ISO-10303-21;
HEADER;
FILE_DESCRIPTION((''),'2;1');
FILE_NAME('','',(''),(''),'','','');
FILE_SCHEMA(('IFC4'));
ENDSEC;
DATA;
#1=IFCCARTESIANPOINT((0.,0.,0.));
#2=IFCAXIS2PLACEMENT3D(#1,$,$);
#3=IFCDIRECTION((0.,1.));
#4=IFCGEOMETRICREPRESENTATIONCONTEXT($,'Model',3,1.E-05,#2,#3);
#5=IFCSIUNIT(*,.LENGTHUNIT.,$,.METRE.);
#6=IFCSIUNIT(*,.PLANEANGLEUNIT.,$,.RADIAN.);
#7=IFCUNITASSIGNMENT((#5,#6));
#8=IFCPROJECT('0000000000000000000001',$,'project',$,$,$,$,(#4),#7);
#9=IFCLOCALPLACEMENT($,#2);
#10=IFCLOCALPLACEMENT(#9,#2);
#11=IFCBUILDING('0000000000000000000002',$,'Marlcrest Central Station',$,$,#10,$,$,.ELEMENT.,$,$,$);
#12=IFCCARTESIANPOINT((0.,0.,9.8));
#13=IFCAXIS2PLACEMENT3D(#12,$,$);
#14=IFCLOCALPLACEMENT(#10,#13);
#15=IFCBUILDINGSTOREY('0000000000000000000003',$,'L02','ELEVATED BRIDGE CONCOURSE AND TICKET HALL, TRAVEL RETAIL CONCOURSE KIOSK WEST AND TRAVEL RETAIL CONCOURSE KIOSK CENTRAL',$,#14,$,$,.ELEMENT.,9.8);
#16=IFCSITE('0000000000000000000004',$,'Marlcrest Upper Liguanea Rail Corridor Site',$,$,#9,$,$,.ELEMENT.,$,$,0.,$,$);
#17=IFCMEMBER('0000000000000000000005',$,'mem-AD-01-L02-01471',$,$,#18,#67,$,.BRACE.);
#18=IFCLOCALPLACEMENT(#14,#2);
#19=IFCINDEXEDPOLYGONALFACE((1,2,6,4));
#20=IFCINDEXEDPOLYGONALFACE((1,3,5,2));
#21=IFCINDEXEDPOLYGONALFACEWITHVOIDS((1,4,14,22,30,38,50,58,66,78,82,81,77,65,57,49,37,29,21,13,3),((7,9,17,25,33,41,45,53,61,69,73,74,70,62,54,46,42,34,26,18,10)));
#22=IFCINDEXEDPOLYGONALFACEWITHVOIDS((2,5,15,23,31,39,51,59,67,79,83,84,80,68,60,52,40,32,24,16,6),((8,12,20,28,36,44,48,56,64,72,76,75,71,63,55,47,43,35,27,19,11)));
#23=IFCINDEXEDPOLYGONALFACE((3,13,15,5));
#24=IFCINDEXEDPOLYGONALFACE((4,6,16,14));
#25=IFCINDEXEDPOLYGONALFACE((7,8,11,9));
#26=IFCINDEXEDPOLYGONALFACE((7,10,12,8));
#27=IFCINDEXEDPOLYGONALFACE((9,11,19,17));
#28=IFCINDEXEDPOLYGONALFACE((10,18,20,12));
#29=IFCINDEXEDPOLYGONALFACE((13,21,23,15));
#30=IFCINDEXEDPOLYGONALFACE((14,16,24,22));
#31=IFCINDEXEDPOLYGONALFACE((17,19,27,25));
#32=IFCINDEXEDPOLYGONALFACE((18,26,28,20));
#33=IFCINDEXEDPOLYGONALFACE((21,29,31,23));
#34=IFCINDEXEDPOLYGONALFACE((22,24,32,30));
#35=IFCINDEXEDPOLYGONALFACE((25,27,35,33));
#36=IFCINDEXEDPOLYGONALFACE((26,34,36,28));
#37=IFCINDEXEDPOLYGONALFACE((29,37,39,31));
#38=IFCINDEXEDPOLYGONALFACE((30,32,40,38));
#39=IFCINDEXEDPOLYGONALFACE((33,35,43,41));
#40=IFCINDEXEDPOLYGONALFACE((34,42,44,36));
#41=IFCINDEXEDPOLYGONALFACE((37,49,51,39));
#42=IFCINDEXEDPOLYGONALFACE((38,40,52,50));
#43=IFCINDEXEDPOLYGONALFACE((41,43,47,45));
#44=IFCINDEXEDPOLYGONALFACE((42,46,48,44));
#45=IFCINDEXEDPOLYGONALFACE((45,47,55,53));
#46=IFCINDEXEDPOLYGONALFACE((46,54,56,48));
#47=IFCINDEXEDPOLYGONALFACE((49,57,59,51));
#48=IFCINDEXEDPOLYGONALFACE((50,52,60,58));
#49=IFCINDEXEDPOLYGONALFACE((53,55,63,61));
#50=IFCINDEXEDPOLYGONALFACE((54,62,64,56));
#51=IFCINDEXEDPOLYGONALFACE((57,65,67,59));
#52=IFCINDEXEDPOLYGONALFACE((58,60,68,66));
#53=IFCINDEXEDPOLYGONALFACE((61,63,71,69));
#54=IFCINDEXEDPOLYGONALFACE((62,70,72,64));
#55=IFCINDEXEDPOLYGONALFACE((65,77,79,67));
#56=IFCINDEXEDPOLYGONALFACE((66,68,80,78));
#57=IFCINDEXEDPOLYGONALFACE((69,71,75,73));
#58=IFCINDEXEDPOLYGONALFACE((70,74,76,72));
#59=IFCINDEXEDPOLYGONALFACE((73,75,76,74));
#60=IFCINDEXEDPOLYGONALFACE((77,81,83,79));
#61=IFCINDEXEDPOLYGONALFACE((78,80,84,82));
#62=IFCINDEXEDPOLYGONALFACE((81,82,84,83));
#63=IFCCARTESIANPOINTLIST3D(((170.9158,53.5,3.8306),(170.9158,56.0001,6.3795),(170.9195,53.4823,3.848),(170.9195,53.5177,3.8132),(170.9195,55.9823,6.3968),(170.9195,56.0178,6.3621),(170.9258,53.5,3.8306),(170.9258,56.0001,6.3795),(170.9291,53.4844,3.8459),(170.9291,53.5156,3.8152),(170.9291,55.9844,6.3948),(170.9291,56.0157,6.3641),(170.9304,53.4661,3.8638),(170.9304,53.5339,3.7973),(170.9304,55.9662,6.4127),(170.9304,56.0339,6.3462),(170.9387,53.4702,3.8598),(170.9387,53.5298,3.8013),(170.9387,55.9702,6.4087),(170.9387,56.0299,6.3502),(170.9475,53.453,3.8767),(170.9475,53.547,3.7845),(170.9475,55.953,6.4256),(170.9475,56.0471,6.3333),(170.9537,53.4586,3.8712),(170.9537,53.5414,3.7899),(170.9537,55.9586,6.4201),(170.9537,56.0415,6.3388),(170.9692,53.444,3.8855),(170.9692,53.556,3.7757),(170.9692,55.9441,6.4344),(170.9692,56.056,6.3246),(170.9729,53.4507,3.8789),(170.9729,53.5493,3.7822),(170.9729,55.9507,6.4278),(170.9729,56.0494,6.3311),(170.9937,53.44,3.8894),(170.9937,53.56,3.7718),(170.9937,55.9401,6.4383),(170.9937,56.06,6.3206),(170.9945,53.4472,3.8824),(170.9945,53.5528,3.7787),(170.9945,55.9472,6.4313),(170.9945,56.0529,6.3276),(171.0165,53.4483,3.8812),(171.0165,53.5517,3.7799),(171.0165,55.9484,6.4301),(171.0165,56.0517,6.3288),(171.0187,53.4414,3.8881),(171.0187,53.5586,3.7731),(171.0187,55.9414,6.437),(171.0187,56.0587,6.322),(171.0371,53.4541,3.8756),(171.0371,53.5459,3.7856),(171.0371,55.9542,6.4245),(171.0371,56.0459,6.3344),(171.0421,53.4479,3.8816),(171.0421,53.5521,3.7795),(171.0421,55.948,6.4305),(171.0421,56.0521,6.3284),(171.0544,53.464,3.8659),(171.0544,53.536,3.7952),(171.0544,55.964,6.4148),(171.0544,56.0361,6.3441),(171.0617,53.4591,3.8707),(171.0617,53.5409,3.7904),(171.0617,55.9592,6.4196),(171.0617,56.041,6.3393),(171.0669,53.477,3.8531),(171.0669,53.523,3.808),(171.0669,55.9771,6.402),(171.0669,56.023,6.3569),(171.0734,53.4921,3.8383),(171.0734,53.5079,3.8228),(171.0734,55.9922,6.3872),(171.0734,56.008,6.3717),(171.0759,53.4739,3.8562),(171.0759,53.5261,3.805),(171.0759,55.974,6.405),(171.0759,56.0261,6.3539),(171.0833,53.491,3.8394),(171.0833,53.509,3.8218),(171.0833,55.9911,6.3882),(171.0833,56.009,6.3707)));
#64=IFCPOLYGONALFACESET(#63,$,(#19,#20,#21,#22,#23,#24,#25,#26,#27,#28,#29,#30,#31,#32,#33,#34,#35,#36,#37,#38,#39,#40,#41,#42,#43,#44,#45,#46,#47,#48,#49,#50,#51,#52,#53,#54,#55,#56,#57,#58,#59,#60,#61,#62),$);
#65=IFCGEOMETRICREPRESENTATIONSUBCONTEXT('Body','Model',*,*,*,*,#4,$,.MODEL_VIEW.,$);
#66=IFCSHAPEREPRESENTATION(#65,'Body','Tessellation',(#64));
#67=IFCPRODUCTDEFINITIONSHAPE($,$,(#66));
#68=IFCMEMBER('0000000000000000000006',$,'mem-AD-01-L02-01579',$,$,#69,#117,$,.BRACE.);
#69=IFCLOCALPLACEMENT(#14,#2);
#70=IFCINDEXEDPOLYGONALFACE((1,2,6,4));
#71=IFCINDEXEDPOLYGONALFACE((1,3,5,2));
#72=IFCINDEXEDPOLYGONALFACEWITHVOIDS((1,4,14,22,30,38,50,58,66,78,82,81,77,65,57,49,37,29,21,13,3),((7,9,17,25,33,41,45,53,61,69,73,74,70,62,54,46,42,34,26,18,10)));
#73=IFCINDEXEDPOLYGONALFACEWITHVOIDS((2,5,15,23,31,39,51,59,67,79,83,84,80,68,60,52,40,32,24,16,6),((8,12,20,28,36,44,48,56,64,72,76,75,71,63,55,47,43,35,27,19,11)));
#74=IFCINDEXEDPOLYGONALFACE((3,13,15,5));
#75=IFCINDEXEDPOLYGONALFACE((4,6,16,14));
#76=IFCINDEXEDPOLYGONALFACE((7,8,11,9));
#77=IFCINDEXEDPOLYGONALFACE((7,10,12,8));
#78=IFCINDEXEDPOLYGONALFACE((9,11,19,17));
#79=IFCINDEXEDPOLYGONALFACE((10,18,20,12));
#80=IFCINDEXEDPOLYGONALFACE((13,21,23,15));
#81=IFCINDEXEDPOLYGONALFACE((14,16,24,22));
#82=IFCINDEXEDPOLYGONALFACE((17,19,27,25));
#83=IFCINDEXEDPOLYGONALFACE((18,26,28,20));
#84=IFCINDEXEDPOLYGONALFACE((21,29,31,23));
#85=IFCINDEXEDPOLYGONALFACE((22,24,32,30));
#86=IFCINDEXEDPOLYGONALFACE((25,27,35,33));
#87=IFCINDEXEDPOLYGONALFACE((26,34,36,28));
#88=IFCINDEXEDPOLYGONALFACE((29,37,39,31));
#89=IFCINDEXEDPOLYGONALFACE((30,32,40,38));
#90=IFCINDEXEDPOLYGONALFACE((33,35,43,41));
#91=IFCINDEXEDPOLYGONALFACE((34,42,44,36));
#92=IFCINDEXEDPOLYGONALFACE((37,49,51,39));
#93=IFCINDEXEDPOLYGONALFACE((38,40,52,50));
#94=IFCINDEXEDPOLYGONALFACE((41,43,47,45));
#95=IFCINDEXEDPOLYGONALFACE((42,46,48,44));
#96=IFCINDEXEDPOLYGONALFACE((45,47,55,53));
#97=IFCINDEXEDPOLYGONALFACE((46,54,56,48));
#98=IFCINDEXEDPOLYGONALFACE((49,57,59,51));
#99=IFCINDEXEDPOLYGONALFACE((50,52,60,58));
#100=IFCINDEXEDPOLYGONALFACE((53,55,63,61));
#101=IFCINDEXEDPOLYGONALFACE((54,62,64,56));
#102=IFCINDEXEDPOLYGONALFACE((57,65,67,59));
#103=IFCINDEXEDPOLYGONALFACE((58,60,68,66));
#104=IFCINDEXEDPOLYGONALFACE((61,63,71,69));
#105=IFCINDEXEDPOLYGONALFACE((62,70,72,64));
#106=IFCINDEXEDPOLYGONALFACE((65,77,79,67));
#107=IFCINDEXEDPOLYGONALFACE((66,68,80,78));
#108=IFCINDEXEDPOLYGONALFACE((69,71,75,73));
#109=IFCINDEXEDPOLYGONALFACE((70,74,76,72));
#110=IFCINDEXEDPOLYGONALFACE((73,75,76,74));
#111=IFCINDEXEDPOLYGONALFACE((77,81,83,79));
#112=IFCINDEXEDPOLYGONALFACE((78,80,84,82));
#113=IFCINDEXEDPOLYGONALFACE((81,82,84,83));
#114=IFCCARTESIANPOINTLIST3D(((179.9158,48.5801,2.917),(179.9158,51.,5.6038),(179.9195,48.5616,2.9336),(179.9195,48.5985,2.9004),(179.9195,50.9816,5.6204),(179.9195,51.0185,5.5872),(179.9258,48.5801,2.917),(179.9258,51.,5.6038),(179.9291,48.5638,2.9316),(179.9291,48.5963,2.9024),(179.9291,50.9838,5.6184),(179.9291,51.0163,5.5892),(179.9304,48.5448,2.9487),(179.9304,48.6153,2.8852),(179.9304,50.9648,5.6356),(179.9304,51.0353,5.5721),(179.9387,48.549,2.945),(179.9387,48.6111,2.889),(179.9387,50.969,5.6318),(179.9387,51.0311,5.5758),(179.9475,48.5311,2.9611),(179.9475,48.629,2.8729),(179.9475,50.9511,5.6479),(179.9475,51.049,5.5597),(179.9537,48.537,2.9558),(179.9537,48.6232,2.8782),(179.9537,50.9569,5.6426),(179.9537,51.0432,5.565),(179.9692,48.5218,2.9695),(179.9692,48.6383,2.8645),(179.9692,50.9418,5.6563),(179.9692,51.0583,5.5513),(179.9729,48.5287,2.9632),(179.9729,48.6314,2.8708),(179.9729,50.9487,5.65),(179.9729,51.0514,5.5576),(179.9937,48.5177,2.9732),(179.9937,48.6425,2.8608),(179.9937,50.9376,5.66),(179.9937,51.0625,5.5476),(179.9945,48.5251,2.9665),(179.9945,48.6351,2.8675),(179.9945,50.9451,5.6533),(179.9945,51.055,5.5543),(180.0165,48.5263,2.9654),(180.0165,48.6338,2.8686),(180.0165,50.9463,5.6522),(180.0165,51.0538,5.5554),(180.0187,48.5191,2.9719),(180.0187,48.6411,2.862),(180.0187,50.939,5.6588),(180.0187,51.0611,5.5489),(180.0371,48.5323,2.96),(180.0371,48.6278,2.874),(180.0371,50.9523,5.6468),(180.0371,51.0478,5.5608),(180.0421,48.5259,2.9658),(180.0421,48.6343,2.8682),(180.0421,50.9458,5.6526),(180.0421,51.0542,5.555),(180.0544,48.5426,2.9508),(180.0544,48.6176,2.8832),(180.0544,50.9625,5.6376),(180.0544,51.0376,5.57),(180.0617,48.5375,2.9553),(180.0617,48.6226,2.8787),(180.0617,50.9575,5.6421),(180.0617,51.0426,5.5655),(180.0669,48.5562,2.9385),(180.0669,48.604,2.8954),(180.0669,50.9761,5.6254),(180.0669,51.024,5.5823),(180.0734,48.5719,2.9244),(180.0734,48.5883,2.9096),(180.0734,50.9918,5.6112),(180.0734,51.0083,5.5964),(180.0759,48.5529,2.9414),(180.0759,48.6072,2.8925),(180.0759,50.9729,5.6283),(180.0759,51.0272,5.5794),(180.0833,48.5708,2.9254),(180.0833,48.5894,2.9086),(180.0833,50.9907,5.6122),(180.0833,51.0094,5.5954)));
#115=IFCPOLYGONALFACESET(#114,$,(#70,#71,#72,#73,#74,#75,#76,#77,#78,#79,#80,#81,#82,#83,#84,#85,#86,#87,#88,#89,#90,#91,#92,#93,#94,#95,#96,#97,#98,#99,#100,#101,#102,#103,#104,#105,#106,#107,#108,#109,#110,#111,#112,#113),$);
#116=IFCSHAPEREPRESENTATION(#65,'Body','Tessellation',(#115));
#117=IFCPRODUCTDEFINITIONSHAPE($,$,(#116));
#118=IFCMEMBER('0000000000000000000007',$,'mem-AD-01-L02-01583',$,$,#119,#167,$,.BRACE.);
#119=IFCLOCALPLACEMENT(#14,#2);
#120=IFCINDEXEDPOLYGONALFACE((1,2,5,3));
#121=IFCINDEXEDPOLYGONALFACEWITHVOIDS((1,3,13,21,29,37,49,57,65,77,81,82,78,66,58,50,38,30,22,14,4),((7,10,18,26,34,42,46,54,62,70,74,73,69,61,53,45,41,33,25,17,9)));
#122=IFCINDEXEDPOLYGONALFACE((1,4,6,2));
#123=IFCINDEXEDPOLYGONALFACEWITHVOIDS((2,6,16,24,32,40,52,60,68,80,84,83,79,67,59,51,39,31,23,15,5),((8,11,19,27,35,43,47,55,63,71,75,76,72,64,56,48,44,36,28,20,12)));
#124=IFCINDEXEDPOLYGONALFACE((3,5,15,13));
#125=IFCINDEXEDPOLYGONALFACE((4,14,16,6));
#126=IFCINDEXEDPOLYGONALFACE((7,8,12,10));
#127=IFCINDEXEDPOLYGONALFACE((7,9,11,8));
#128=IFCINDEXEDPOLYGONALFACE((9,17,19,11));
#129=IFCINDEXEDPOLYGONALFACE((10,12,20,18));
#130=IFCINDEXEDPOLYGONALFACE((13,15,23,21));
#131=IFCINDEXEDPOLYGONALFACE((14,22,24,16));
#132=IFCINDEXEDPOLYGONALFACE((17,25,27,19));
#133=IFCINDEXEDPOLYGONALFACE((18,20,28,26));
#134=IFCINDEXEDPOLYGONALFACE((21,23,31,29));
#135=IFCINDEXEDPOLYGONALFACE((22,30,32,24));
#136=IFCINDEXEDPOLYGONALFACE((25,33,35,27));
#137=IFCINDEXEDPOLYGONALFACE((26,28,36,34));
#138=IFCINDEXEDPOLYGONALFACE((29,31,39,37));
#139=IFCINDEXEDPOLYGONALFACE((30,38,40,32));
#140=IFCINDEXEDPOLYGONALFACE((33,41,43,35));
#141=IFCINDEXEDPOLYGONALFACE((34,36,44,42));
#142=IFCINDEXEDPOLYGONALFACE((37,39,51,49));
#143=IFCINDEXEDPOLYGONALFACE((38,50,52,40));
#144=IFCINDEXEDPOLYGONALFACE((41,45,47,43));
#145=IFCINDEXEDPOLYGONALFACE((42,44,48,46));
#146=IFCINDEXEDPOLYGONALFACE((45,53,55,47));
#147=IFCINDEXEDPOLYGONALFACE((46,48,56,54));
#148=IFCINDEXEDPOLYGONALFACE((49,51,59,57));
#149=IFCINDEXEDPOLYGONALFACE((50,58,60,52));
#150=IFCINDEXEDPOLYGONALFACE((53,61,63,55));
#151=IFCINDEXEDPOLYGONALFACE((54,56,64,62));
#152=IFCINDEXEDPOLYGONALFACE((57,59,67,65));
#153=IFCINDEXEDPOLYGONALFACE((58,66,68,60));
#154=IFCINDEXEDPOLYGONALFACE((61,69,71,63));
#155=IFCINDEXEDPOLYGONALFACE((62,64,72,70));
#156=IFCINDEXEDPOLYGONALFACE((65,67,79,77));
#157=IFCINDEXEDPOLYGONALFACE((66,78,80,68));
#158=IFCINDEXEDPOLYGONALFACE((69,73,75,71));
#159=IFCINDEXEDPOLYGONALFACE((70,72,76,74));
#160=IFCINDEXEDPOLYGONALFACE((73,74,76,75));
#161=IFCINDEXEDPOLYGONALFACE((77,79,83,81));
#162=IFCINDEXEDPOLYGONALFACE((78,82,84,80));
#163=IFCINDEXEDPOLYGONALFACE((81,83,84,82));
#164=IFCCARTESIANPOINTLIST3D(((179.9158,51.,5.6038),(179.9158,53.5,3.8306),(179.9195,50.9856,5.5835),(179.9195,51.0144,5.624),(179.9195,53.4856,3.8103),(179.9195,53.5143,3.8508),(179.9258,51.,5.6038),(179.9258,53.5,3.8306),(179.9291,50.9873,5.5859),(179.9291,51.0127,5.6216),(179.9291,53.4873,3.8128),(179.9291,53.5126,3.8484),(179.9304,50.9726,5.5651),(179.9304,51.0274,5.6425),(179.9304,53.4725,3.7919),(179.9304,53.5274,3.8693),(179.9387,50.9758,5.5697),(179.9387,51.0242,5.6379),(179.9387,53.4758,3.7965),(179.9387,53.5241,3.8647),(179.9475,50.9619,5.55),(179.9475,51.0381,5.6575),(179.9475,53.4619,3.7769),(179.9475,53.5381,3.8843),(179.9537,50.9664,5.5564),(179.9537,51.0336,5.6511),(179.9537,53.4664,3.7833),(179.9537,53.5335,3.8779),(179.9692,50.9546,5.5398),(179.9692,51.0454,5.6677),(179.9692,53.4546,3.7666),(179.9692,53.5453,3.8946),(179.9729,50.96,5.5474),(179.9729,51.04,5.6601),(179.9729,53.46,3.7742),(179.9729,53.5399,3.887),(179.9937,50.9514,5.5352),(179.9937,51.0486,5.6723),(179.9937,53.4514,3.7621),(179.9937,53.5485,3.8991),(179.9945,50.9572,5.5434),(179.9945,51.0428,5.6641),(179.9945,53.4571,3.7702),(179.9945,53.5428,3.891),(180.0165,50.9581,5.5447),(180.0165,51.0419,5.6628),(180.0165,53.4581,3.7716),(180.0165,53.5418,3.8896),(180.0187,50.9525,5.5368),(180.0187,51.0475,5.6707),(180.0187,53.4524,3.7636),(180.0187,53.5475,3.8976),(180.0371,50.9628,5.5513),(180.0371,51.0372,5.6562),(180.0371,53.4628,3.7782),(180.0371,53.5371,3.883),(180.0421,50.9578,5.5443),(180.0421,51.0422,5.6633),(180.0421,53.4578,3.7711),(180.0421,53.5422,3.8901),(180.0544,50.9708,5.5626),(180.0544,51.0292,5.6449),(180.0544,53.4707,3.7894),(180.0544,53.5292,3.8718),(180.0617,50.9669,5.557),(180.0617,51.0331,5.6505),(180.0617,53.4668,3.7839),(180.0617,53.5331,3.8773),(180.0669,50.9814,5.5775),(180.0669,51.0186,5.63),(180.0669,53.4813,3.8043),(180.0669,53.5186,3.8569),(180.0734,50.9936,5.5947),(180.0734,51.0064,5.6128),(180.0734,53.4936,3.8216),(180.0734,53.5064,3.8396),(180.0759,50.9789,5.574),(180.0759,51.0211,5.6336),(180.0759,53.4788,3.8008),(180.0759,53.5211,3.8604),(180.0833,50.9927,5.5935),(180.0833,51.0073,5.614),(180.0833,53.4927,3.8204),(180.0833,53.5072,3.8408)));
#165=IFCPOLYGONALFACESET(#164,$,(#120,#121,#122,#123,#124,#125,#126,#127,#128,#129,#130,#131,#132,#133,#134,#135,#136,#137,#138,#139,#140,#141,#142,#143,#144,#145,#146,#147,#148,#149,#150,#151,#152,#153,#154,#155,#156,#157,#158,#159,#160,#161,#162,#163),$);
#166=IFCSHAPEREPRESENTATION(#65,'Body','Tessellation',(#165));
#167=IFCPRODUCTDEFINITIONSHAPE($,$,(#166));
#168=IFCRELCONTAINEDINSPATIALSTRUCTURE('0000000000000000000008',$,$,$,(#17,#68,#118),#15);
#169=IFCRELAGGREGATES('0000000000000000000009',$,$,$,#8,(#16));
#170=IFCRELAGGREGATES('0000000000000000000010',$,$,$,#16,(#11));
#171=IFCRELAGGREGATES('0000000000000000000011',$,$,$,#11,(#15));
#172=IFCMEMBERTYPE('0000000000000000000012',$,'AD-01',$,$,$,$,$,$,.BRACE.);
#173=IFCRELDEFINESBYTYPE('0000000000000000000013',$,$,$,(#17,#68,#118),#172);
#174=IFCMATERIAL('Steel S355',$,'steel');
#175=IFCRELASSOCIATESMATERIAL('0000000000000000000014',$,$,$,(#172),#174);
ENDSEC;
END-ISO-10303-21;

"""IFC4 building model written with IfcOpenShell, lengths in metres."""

from ifc_helpers import new_model, si_unit, direction, frame, origin, origin_2d, place, context, subcontext, project, spatial, hollow_circle, extrude, material, material_profile, profile_set, type_object, element, save


model = new_model("IFC4")

# Units and contexts
model_context = context("Model", 3, precision=1e-05, world=origin(), true_north=direction((0.0, 1.0)))
body_context = subcontext(model_context, "Body", "Model", "MODEL_VIEW")
ifc_project = project(units=[si_unit("LENGTHUNIT", "METRE"), si_unit("PLANEANGLEUNIT", "RADIAN")], contexts=[model_context])

# Site, building, storey
site_placement = place(None, origin())
site = spatial("IfcSite", under=ifc_project, at=site_placement, Name="Marlcrest Upper Liguanea Rail Corridor Site", CompositionType="ELEMENT", RefElevation=0.0)
building_placement = place(site_placement, origin())
building = spatial("IfcBuilding", under=site, at=building_placement, Name="Marlcrest Central Station", CompositionType="ELEMENT")
storey_placement = place(building_placement, frame((0.0, 0.0, 9.8)))
storey = spatial("IfcBuildingStorey", under=building, at=storey_placement, Name="L02", Description="ELEVATED BRIDGE CONCOURSE AND TICKET HALL, TRAVEL RETAIL CONCOURSE KIOSK WEST AND TRAVEL RETAIL CONCOURSE KIOSK CENTRAL", CompositionType="ELEMENT", Elevation=9.8)

# Members
ifc_material = material(Name="Steel S355", Category="steel")
ifc_material_profile_1 = material_profile(ifc_material, hollow_circle(Radius=0.0842, WallThickness=0.01, at=origin_2d()), Name="CHS 168.3x10")
ifc_profile_set_1 = profile_set([ifc_material_profile_1], Name="Steel S355")
member_type_1 = type_object("IfcMemberType", Name="AD-01", PredefinedType="BRACE", material=ifc_profile_set_1)
member_1_placement = place(storey_placement, frame((171.0, 53.5, 3.8306), z_axis=(0.0, 0.700235, 0.713912), x_axis=(-1.0, 0.0, 0.0)))
element("IfcMember", 1, at=member_1_placement, inside=storey, type_object=member_type_1, Name="mem-AD-01-L02-01471", PredefinedType="BRACE", context=body_context, shape_type="SweptSolid", body=[
    extrude(hollow_circle(Radius=0.0842, WallThickness=0.01, at=origin_2d()), origin(), (0.0, 0.0, 1.0), 3.5703),
])
member_2_placement = place(storey_placement, frame((180.0, 48.5801, 2.917), z_axis=(0.0, 0.669244, 0.743042), x_axis=(-1.0, 0.0, 0.0)))
element("IfcMember", 2, at=member_2_placement, inside=storey, type_object=member_type_1, Name="mem-AD-01-L02-01579", PredefinedType="BRACE", context=body_context, shape_type="SweptSolid", body=[
    extrude(hollow_circle(Radius=0.0842, WallThickness=0.01, at=origin_2d()), origin(), (0.0, 0.0, 1.0), 3.616),
])
member_3_placement = place(storey_placement, frame((180.0, 51.0, 5.6038), z_axis=(0.0, 0.815661, -0.57853), x_axis=(-1.0, 0.0, 0.0)))
element("IfcMember", 3, at=member_3_placement, inside=storey, type_object=member_type_1, Name="mem-AD-01-L02-01583", PredefinedType="BRACE", context=body_context, shape_type="SweptSolid", body=[
    extrude(hollow_circle(Radius=0.0842, WallThickness=0.01, at=origin_2d()), origin(), (0.0, 0.0, 1.0), 3.0649),
])

save(model, "model.ifc")
